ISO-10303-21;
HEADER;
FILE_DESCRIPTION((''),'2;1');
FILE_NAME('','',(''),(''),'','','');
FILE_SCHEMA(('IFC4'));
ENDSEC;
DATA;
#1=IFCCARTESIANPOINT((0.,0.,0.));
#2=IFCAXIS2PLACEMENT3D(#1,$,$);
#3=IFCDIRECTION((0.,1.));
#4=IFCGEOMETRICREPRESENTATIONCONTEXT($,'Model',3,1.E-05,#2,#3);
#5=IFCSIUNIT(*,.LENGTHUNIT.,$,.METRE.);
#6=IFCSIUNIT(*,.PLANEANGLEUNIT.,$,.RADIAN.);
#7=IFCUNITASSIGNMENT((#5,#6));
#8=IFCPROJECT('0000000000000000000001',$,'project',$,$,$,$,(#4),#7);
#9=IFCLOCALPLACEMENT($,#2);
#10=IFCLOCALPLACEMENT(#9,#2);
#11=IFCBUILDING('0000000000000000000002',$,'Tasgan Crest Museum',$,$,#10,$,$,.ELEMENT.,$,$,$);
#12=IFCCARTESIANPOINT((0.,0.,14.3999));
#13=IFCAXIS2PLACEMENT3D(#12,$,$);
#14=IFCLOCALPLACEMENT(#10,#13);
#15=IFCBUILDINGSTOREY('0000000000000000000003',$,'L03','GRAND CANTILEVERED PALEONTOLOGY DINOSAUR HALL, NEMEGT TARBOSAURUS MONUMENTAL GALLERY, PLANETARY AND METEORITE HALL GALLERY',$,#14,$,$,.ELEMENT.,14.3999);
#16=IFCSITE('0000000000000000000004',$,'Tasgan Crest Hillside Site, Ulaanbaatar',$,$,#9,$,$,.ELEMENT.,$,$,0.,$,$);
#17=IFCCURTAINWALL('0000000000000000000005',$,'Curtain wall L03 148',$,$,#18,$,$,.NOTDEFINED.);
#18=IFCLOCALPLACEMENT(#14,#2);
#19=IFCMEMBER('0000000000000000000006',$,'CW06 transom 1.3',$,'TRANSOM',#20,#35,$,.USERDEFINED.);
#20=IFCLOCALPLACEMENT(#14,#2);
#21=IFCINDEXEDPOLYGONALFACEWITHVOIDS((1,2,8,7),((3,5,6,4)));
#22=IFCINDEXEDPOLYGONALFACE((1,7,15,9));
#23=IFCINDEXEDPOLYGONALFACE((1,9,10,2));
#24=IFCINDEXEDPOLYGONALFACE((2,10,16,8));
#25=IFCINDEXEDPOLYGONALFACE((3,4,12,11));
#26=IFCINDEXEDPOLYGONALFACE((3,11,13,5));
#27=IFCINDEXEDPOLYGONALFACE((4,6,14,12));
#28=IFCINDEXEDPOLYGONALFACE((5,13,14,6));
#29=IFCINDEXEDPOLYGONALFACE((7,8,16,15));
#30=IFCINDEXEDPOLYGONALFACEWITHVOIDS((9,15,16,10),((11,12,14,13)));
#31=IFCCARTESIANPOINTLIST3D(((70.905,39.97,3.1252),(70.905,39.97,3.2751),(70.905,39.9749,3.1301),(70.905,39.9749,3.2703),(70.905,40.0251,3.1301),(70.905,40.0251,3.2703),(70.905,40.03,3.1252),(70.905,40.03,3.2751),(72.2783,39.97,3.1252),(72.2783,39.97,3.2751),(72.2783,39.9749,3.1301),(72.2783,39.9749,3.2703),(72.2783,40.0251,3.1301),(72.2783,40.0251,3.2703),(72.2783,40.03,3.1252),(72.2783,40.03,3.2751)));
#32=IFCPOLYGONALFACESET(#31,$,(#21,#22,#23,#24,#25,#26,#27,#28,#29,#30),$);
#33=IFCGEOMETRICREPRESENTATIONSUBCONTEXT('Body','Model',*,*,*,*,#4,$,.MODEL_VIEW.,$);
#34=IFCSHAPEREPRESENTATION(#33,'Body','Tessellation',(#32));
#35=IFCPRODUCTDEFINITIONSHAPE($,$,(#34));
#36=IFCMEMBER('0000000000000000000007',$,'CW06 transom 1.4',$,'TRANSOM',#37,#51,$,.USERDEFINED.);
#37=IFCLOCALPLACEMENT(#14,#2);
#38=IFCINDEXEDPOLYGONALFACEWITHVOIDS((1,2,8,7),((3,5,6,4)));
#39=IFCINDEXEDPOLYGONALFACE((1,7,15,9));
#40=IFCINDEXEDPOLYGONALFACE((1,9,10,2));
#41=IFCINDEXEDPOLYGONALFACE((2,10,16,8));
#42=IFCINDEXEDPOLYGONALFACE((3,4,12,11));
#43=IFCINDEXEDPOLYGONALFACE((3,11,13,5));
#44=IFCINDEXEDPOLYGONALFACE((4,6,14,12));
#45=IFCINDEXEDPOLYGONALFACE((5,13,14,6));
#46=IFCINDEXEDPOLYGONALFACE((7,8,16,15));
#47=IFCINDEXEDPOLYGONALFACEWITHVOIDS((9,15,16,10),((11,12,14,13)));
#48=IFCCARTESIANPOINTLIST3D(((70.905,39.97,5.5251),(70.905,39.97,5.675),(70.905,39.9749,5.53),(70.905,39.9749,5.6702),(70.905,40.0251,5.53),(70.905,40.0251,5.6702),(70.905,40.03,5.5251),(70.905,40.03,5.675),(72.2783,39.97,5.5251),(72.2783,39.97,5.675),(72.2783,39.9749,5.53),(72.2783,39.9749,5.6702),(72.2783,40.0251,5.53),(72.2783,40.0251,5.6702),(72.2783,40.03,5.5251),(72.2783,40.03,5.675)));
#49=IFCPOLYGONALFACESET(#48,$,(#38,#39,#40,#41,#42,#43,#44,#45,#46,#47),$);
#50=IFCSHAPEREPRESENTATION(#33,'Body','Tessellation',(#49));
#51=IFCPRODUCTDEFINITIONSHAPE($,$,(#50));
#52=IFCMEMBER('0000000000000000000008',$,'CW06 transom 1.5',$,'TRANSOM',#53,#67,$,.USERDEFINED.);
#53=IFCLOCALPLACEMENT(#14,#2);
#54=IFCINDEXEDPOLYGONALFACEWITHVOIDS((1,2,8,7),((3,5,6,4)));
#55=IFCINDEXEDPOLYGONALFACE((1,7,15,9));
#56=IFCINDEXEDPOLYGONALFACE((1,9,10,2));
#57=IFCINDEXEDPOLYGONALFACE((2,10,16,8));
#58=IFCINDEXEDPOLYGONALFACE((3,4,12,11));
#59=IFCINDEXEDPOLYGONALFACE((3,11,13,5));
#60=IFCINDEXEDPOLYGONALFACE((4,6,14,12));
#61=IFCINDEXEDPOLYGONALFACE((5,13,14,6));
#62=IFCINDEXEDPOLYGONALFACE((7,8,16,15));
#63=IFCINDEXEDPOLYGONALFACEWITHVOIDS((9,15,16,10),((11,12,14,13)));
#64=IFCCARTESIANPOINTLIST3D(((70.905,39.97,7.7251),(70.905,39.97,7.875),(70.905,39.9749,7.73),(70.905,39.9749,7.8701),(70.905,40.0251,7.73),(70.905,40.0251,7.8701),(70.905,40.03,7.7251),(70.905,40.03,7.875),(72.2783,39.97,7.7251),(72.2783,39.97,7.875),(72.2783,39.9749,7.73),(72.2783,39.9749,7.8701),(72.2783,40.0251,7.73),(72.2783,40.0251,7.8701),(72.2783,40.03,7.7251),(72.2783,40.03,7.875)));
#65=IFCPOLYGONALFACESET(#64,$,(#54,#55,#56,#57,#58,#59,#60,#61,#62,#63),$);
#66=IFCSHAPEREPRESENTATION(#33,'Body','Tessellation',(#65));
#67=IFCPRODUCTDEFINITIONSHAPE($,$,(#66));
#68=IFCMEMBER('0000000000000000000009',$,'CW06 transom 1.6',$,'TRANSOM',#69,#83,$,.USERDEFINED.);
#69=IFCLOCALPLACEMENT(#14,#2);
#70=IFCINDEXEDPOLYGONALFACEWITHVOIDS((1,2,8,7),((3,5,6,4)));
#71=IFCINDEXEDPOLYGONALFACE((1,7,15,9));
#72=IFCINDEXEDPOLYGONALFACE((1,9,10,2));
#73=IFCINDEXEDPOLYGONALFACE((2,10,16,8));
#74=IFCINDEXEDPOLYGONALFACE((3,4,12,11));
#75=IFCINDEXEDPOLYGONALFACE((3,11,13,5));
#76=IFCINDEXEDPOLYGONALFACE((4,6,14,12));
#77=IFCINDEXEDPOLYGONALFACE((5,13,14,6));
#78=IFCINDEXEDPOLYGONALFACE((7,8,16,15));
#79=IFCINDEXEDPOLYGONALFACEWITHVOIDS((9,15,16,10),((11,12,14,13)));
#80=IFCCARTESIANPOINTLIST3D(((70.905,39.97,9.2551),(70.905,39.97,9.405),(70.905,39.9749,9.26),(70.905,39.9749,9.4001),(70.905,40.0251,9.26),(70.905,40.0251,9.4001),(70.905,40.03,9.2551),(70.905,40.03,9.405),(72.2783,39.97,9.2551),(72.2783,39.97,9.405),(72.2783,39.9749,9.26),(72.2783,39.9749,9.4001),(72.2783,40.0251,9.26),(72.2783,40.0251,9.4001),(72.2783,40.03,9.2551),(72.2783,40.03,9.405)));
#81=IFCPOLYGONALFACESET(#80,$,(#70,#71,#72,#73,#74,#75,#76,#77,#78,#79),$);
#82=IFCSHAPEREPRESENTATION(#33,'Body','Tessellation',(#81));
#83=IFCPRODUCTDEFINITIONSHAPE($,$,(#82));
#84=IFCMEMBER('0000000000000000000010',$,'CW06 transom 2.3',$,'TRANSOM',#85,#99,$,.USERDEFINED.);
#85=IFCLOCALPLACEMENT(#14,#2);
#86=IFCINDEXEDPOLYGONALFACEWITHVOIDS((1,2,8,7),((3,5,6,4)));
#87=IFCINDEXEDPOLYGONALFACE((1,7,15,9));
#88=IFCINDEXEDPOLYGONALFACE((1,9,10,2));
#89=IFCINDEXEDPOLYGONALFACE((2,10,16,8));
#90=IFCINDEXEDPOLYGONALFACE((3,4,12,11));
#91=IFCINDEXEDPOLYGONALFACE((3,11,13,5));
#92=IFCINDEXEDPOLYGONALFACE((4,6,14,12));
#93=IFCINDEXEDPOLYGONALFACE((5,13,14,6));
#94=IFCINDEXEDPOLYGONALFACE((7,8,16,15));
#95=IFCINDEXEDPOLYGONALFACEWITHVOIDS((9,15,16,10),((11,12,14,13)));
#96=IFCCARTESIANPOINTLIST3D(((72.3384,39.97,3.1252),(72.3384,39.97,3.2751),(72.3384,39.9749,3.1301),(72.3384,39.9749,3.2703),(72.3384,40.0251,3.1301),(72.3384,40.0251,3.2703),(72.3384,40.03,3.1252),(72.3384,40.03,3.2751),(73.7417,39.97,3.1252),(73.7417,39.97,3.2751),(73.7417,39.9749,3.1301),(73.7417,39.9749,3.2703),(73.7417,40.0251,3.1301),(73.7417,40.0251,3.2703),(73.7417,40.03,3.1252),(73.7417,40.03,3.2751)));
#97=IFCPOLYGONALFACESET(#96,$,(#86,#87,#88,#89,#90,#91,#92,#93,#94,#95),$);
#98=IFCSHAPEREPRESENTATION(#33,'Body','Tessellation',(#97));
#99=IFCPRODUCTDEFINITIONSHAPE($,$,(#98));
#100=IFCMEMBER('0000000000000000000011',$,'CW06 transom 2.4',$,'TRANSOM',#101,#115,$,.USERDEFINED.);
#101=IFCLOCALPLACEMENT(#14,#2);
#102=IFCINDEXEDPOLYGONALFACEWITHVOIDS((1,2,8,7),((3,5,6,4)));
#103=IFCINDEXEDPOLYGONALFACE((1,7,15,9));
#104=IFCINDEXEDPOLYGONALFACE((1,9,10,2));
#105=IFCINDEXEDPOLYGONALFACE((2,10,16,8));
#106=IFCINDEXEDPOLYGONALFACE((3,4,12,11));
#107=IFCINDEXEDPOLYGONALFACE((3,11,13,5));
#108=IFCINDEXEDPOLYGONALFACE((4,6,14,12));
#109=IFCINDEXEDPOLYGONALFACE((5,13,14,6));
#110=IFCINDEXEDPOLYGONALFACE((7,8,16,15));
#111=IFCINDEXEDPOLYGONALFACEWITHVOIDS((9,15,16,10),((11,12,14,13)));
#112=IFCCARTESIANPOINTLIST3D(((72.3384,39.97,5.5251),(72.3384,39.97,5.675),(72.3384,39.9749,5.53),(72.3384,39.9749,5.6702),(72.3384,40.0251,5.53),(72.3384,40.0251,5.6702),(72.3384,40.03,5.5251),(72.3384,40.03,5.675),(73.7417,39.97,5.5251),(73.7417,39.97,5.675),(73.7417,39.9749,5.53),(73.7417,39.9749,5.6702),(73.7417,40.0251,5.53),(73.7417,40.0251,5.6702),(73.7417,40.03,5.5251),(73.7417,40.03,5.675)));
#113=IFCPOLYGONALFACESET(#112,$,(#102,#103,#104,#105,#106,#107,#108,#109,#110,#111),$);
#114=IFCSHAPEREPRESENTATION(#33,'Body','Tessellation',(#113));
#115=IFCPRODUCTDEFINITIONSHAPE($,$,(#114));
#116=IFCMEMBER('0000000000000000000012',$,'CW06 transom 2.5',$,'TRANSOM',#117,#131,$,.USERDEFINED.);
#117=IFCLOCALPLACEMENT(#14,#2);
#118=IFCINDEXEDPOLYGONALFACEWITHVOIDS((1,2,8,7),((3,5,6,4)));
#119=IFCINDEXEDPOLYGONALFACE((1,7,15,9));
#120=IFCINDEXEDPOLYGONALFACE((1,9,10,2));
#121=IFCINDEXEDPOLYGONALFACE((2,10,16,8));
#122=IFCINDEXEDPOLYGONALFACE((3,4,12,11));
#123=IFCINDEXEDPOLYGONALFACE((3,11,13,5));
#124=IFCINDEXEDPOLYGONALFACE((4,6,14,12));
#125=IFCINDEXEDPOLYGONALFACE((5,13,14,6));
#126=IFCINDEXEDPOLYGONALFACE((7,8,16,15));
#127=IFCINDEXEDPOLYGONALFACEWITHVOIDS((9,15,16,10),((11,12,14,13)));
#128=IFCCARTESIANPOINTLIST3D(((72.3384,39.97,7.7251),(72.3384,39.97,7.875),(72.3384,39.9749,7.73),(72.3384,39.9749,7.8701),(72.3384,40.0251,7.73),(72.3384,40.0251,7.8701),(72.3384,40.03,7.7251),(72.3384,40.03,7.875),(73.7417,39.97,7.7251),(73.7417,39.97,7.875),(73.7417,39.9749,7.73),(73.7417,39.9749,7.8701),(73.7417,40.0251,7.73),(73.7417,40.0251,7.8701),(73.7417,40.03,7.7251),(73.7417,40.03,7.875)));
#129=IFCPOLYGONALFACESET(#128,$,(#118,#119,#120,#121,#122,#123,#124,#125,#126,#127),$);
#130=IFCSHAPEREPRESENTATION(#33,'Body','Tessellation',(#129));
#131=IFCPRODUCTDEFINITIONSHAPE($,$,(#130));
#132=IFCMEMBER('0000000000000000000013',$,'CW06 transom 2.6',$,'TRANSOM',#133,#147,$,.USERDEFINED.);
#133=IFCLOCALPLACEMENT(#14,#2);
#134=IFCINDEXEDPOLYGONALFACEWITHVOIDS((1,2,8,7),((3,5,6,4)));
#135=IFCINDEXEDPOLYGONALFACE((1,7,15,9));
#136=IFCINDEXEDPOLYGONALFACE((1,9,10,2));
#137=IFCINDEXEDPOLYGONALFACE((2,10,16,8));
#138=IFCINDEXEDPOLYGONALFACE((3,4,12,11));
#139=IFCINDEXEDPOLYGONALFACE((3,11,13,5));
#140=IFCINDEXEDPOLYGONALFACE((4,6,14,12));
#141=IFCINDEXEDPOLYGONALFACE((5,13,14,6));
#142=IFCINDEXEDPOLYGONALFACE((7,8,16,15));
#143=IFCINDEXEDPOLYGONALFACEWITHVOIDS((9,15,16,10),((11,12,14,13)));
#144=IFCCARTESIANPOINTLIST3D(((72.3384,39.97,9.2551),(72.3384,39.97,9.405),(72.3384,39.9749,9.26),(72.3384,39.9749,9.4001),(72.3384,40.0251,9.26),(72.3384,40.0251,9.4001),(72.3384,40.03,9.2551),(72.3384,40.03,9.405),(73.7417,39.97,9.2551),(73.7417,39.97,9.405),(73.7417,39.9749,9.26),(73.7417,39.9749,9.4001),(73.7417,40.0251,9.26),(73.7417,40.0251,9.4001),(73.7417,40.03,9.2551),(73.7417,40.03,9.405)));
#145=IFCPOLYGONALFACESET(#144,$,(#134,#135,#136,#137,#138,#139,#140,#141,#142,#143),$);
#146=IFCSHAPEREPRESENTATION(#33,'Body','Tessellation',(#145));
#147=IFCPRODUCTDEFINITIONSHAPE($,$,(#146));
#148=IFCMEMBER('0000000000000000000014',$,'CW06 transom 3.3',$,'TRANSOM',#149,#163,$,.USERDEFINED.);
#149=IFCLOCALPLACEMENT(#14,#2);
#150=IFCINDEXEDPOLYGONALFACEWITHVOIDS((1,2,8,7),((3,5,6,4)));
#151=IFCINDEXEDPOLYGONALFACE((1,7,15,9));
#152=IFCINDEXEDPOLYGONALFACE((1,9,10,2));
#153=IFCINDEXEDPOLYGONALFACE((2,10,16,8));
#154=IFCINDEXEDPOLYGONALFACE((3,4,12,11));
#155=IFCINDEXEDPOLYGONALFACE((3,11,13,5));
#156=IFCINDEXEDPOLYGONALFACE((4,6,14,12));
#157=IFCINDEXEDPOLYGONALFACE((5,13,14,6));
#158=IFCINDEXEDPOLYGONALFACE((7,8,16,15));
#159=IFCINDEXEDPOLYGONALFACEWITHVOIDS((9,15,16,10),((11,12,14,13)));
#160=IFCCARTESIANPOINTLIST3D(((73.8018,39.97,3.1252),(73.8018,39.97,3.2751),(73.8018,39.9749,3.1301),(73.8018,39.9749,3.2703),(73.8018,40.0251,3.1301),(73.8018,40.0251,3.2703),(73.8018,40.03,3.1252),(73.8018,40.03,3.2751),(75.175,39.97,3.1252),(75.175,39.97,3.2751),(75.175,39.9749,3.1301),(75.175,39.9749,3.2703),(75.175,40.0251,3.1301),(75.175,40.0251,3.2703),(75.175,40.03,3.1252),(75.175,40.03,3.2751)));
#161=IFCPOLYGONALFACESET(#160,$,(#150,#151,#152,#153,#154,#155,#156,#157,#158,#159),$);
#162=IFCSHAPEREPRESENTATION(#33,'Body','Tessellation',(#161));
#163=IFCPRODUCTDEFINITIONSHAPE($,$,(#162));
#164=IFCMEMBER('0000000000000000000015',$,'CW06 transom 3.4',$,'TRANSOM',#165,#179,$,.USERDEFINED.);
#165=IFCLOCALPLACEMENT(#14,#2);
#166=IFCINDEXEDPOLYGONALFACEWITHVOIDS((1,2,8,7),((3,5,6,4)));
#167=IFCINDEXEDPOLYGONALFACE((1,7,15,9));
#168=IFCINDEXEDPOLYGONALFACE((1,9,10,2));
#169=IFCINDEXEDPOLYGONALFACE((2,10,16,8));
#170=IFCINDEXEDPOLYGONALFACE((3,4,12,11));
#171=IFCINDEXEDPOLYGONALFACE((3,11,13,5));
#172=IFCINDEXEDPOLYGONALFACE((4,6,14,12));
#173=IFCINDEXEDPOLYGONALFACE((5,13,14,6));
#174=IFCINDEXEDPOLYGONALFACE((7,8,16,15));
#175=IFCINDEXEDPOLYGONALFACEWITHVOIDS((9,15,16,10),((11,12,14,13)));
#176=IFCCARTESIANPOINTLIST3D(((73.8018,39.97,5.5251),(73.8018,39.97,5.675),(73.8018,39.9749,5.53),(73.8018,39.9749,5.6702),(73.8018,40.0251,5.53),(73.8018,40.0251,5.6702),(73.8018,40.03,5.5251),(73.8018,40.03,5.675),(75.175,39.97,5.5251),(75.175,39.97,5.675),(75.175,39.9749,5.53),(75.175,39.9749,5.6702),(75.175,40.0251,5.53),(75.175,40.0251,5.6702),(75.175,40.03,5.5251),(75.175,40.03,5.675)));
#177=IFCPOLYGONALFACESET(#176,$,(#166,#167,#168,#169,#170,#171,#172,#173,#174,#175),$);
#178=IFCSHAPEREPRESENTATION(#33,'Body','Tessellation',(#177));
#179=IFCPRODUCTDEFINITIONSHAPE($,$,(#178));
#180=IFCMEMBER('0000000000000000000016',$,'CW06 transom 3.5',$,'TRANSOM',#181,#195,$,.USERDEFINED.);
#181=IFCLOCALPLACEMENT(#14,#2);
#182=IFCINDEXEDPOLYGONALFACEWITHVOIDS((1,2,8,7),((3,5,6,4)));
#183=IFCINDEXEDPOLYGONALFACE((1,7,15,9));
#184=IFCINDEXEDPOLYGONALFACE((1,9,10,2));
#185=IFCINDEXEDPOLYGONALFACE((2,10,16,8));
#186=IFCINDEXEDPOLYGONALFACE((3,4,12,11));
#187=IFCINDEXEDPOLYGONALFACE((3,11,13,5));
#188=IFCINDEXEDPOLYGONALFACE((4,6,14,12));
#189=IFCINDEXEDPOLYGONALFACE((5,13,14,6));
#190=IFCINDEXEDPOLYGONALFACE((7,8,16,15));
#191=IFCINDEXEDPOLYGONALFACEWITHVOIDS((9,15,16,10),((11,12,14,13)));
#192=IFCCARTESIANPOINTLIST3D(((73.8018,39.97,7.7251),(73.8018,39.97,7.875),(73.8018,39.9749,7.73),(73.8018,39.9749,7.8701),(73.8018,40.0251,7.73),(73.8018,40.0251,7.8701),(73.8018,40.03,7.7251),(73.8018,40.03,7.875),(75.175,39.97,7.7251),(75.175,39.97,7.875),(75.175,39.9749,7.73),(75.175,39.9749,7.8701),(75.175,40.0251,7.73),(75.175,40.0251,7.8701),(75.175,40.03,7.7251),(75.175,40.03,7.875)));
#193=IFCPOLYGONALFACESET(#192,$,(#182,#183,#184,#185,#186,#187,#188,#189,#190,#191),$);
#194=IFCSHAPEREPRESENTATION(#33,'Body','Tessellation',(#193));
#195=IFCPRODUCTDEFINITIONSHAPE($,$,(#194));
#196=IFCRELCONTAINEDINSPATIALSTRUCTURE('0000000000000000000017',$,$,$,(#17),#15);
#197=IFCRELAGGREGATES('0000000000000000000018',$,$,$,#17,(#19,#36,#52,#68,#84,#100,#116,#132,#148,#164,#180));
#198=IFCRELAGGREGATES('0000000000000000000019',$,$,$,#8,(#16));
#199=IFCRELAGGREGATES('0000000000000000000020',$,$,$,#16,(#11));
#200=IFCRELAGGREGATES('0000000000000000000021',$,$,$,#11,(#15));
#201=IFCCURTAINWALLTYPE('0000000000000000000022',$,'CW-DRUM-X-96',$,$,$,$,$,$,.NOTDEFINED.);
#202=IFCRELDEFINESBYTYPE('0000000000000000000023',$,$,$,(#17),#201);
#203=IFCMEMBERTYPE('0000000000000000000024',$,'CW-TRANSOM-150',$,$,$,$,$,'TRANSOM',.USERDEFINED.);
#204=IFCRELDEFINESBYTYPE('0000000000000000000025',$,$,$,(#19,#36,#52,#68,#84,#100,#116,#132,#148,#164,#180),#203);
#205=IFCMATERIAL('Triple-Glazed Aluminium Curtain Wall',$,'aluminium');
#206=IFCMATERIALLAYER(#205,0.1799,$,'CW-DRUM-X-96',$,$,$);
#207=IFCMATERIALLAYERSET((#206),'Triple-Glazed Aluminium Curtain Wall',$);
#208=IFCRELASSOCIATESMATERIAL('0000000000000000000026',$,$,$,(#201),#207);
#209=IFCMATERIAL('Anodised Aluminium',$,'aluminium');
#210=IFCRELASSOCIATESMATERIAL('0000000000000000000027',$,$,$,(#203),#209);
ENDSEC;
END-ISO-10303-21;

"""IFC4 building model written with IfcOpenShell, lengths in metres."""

from ifc_helpers import new_model, si_unit, direction, frame, origin, origin_2d, place, context, subcontext, project, spatial, hollow_rectangle, extrude, material, layer, layer_set, material_profile, profile_set, type_object, element, aggregate, save


model = new_model("IFC4")

# Units and contexts
model_context = context("Model", 3, precision=1e-05, world=origin(), true_north=direction((0.0, 1.0)))
body_context = subcontext(model_context, "Body", "Model", "MODEL_VIEW")
ifc_project = project(units=[si_unit("LENGTHUNIT", "METRE"), si_unit("PLANEANGLEUNIT", "RADIAN")], contexts=[model_context])

# Site, building, storey
site_placement = place(None, origin())
site = spatial("IfcSite", under=ifc_project, at=site_placement, Name="Tasgan Crest Hillside Site, Ulaanbaatar", CompositionType="ELEMENT", RefElevation=0.0)
building_placement = place(site_placement, origin())
building = spatial("IfcBuilding", under=site, at=building_placement, Name="Tasgan Crest Museum", CompositionType="ELEMENT")
storey_placement = place(building_placement, frame((0.0, 0.0, 14.3999)))
storey = spatial("IfcBuildingStorey", under=building, at=storey_placement, Name="L03", Description="GRAND CANTILEVERED PALEONTOLOGY DINOSAUR HALL, NEMEGT TARBOSAURUS MONUMENTAL GALLERY, PLANETARY AND METEORITE HALL GALLERY", CompositionType="ELEMENT", Elevation=14.3999)

# Curtain wall, members
ifc_material_1 = material(Name="Triple-Glazed Aluminium Curtain Wall", Category="aluminium")
ifc_layer_1 = layer(ifc_material_1, 0.1799, Name="CW-DRUM-X-96")
ifc_layer_set_1 = layer_set([ifc_layer_1], Name="Triple-Glazed Aluminium Curtain Wall")
curtain_wall_type = type_object("IfcCurtainWallType", Name="CW-DRUM-X-96", PredefinedType="NOTDEFINED", material=ifc_layer_set_1)
curtain_wall_placement = place(storey_placement, origin())
curtain_wall = element("IfcCurtainWall", 1, at=curtain_wall_placement, inside=storey, type_object=curtain_wall_type, Name="Curtain wall L03 148", PredefinedType="NOTDEFINED")
ifc_material_2 = material(Name="Anodised Aluminium", Category="aluminium")
ifc_material_profile = material_profile(ifc_material_2, hollow_rectangle(XDim=0.0601, YDim=0.1499, WallThickness=0.0049, at=origin_2d()), Name="ALU TRANSOM 150x60x5")
ifc_profile_set = profile_set([ifc_material_profile], Name="Anodised Aluminium")
member_type = type_object("IfcMemberType", Name="CW-TRANSOM-150", ElementType="TRANSOM", PredefinedType="USERDEFINED", material=ifc_profile_set)
member_1_placement = place(storey_placement, frame((70.905, 40.0, 3.2002), z_axis=(1.0, 0.0, 0.0), x_axis=(0.0, 1.0, 0.0)))
member_1 = element("IfcMember", 2, at=member_1_placement, type_object=member_type, Name="CW06 transom 1.3", ObjectType="TRANSOM", PredefinedType="USERDEFINED", context=body_context, shape_type="SweptSolid", body=[
    extrude(hollow_rectangle(XDim=0.0601, YDim=0.1499, WallThickness=0.0049, at=origin_2d()), origin(), (0.0, 0.0, 1.0), 1.3733),
])
member_2_placement = place(storey_placement, frame((70.905, 40.0, 5.6001), z_axis=(1.0, 0.0, 0.0), x_axis=(0.0, 1.0, 0.0)))
member_2 = element("IfcMember", 3, at=member_2_placement, type_object=member_type, Name="CW06 transom 1.4", ObjectType="TRANSOM", PredefinedType="USERDEFINED", context=body_context, shape_type="SweptSolid", body=[
    extrude(hollow_rectangle(XDim=0.0601, YDim=0.1499, WallThickness=0.0049, at=origin_2d()), origin(), (0.0, 0.0, 1.0), 1.3733),
])
member_3_placement = place(storey_placement, frame((70.905, 40.0, 7.8), z_axis=(1.0, 0.0, 0.0), x_axis=(0.0, 1.0, 0.0)))
member_3 = element("IfcMember", 4, at=member_3_placement, type_object=member_type, Name="CW06 transom 1.5", ObjectType="TRANSOM", PredefinedType="USERDEFINED", context=body_context, shape_type="SweptSolid", body=[
    extrude(hollow_rectangle(XDim=0.0601, YDim=0.1499, WallThickness=0.0049, at=origin_2d()), origin(), (0.0, 0.0, 1.0), 1.3733),
])
member_4_placement = place(storey_placement, frame((70.905, 40.0, 9.3301), z_axis=(1.0, 0.0, 0.0), x_axis=(0.0, 1.0, 0.0)))
member_4 = element("IfcMember", 5, at=member_4_placement, type_object=member_type, Name="CW06 transom 1.6", ObjectType="TRANSOM", PredefinedType="USERDEFINED", context=body_context, shape_type="SweptSolid", body=[
    extrude(hollow_rectangle(XDim=0.0601, YDim=0.1499, WallThickness=0.0049, at=origin_2d()), origin(), (0.0, 0.0, 1.0), 1.3733),
])
member_5_placement = place(storey_placement, frame((72.3384, 40.0, 3.2002), z_axis=(1.0, 0.0, 0.0), x_axis=(0.0, 1.0, 0.0)))
member_5 = element("IfcMember", 6, at=member_5_placement, type_object=member_type, Name="CW06 transom 2.3", ObjectType="TRANSOM", PredefinedType="USERDEFINED", context=body_context, shape_type="SweptSolid", body=[
    extrude(hollow_rectangle(XDim=0.0601, YDim=0.1499, WallThickness=0.0049, at=origin_2d()), origin(), (0.0, 0.0, 1.0), 1.4033),
])
member_6_placement = place(storey_placement, frame((72.3384, 40.0, 5.6001), z_axis=(1.0, 0.0, 0.0), x_axis=(0.0, 1.0, 0.0)))
member_6 = element("IfcMember", 7, at=member_6_placement, type_object=member_type, Name="CW06 transom 2.4", ObjectType="TRANSOM", PredefinedType="USERDEFINED", context=body_context, shape_type="SweptSolid", body=[
    extrude(hollow_rectangle(XDim=0.0601, YDim=0.1499, WallThickness=0.0049, at=origin_2d()), origin(), (0.0, 0.0, 1.0), 1.4033),
])
member_7_placement = place(storey_placement, frame((72.3384, 40.0, 7.8), z_axis=(1.0, 0.0, 0.0), x_axis=(0.0, 1.0, 0.0)))
member_7 = element("IfcMember", 8, at=member_7_placement, type_object=member_type, Name="CW06 transom 2.5", ObjectType="TRANSOM", PredefinedType="USERDEFINED", context=body_context, shape_type="SweptSolid", body=[
    extrude(hollow_rectangle(XDim=0.0601, YDim=0.1499, WallThickness=0.0049, at=origin_2d()), origin(), (0.0, 0.0, 1.0), 1.4033),
])
member_8_placement = place(storey_placement, frame((72.3384, 40.0, 9.3301), z_axis=(1.0, 0.0, 0.0), x_axis=(0.0, 1.0, 0.0)))
member_8 = element("IfcMember", 9, at=member_8_placement, type_object=member_type, Name="CW06 transom 2.6", ObjectType="TRANSOM", PredefinedType="USERDEFINED", context=body_context, shape_type="SweptSolid", body=[
    extrude(hollow_rectangle(XDim=0.0601, YDim=0.1499, WallThickness=0.0049, at=origin_2d()), origin(), (0.0, 0.0, 1.0), 1.4033),
])
member_9_placement = place(storey_placement, frame((73.8018, 40.0, 3.2002), z_axis=(1.0, 0.0, 0.0), x_axis=(0.0, 1.0, 0.0)))
member_9 = element("IfcMember", 10, at=member_9_placement, type_object=member_type, Name="CW06 transom 3.3", ObjectType="TRANSOM", PredefinedType="USERDEFINED", context=body_context, shape_type="SweptSolid", body=[
    extrude(hollow_rectangle(XDim=0.0601, YDim=0.1499, WallThickness=0.0049, at=origin_2d()), origin(), (0.0, 0.0, 1.0), 1.3733),
])
member_10_placement = place(storey_placement, frame((73.8018, 40.0, 5.6001), z_axis=(1.0, 0.0, 0.0), x_axis=(0.0, 1.0, 0.0)))
member_10 = element("IfcMember", 11, at=member_10_placement, type_object=member_type, Name="CW06 transom 3.4", ObjectType="TRANSOM", PredefinedType="USERDEFINED", context=body_context, shape_type="SweptSolid", body=[
    extrude(hollow_rectangle(XDim=0.0601, YDim=0.1499, WallThickness=0.0049, at=origin_2d()), origin(), (0.0, 0.0, 1.0), 1.3733),
])
member_11_placement = place(storey_placement, frame((73.8018, 40.0, 7.8), z_axis=(1.0, 0.0, 0.0), x_axis=(0.0, 1.0, 0.0)))
member_11 = element("IfcMember", 12, at=member_11_placement, type_object=member_type, Name="CW06 transom 3.5", ObjectType="TRANSOM", PredefinedType="USERDEFINED", context=body_context, shape_type="SweptSolid", body=[
    extrude(hollow_rectangle(XDim=0.0601, YDim=0.1499, WallThickness=0.0049, at=origin_2d()), origin(), (0.0, 0.0, 1.0), 1.3733),
])
aggregate(curtain_wall, [member_1, member_2, member_3, member_4, member_5, member_6, member_7, member_8, member_9, member_10, member_11])

save(model, "model.ifc")
